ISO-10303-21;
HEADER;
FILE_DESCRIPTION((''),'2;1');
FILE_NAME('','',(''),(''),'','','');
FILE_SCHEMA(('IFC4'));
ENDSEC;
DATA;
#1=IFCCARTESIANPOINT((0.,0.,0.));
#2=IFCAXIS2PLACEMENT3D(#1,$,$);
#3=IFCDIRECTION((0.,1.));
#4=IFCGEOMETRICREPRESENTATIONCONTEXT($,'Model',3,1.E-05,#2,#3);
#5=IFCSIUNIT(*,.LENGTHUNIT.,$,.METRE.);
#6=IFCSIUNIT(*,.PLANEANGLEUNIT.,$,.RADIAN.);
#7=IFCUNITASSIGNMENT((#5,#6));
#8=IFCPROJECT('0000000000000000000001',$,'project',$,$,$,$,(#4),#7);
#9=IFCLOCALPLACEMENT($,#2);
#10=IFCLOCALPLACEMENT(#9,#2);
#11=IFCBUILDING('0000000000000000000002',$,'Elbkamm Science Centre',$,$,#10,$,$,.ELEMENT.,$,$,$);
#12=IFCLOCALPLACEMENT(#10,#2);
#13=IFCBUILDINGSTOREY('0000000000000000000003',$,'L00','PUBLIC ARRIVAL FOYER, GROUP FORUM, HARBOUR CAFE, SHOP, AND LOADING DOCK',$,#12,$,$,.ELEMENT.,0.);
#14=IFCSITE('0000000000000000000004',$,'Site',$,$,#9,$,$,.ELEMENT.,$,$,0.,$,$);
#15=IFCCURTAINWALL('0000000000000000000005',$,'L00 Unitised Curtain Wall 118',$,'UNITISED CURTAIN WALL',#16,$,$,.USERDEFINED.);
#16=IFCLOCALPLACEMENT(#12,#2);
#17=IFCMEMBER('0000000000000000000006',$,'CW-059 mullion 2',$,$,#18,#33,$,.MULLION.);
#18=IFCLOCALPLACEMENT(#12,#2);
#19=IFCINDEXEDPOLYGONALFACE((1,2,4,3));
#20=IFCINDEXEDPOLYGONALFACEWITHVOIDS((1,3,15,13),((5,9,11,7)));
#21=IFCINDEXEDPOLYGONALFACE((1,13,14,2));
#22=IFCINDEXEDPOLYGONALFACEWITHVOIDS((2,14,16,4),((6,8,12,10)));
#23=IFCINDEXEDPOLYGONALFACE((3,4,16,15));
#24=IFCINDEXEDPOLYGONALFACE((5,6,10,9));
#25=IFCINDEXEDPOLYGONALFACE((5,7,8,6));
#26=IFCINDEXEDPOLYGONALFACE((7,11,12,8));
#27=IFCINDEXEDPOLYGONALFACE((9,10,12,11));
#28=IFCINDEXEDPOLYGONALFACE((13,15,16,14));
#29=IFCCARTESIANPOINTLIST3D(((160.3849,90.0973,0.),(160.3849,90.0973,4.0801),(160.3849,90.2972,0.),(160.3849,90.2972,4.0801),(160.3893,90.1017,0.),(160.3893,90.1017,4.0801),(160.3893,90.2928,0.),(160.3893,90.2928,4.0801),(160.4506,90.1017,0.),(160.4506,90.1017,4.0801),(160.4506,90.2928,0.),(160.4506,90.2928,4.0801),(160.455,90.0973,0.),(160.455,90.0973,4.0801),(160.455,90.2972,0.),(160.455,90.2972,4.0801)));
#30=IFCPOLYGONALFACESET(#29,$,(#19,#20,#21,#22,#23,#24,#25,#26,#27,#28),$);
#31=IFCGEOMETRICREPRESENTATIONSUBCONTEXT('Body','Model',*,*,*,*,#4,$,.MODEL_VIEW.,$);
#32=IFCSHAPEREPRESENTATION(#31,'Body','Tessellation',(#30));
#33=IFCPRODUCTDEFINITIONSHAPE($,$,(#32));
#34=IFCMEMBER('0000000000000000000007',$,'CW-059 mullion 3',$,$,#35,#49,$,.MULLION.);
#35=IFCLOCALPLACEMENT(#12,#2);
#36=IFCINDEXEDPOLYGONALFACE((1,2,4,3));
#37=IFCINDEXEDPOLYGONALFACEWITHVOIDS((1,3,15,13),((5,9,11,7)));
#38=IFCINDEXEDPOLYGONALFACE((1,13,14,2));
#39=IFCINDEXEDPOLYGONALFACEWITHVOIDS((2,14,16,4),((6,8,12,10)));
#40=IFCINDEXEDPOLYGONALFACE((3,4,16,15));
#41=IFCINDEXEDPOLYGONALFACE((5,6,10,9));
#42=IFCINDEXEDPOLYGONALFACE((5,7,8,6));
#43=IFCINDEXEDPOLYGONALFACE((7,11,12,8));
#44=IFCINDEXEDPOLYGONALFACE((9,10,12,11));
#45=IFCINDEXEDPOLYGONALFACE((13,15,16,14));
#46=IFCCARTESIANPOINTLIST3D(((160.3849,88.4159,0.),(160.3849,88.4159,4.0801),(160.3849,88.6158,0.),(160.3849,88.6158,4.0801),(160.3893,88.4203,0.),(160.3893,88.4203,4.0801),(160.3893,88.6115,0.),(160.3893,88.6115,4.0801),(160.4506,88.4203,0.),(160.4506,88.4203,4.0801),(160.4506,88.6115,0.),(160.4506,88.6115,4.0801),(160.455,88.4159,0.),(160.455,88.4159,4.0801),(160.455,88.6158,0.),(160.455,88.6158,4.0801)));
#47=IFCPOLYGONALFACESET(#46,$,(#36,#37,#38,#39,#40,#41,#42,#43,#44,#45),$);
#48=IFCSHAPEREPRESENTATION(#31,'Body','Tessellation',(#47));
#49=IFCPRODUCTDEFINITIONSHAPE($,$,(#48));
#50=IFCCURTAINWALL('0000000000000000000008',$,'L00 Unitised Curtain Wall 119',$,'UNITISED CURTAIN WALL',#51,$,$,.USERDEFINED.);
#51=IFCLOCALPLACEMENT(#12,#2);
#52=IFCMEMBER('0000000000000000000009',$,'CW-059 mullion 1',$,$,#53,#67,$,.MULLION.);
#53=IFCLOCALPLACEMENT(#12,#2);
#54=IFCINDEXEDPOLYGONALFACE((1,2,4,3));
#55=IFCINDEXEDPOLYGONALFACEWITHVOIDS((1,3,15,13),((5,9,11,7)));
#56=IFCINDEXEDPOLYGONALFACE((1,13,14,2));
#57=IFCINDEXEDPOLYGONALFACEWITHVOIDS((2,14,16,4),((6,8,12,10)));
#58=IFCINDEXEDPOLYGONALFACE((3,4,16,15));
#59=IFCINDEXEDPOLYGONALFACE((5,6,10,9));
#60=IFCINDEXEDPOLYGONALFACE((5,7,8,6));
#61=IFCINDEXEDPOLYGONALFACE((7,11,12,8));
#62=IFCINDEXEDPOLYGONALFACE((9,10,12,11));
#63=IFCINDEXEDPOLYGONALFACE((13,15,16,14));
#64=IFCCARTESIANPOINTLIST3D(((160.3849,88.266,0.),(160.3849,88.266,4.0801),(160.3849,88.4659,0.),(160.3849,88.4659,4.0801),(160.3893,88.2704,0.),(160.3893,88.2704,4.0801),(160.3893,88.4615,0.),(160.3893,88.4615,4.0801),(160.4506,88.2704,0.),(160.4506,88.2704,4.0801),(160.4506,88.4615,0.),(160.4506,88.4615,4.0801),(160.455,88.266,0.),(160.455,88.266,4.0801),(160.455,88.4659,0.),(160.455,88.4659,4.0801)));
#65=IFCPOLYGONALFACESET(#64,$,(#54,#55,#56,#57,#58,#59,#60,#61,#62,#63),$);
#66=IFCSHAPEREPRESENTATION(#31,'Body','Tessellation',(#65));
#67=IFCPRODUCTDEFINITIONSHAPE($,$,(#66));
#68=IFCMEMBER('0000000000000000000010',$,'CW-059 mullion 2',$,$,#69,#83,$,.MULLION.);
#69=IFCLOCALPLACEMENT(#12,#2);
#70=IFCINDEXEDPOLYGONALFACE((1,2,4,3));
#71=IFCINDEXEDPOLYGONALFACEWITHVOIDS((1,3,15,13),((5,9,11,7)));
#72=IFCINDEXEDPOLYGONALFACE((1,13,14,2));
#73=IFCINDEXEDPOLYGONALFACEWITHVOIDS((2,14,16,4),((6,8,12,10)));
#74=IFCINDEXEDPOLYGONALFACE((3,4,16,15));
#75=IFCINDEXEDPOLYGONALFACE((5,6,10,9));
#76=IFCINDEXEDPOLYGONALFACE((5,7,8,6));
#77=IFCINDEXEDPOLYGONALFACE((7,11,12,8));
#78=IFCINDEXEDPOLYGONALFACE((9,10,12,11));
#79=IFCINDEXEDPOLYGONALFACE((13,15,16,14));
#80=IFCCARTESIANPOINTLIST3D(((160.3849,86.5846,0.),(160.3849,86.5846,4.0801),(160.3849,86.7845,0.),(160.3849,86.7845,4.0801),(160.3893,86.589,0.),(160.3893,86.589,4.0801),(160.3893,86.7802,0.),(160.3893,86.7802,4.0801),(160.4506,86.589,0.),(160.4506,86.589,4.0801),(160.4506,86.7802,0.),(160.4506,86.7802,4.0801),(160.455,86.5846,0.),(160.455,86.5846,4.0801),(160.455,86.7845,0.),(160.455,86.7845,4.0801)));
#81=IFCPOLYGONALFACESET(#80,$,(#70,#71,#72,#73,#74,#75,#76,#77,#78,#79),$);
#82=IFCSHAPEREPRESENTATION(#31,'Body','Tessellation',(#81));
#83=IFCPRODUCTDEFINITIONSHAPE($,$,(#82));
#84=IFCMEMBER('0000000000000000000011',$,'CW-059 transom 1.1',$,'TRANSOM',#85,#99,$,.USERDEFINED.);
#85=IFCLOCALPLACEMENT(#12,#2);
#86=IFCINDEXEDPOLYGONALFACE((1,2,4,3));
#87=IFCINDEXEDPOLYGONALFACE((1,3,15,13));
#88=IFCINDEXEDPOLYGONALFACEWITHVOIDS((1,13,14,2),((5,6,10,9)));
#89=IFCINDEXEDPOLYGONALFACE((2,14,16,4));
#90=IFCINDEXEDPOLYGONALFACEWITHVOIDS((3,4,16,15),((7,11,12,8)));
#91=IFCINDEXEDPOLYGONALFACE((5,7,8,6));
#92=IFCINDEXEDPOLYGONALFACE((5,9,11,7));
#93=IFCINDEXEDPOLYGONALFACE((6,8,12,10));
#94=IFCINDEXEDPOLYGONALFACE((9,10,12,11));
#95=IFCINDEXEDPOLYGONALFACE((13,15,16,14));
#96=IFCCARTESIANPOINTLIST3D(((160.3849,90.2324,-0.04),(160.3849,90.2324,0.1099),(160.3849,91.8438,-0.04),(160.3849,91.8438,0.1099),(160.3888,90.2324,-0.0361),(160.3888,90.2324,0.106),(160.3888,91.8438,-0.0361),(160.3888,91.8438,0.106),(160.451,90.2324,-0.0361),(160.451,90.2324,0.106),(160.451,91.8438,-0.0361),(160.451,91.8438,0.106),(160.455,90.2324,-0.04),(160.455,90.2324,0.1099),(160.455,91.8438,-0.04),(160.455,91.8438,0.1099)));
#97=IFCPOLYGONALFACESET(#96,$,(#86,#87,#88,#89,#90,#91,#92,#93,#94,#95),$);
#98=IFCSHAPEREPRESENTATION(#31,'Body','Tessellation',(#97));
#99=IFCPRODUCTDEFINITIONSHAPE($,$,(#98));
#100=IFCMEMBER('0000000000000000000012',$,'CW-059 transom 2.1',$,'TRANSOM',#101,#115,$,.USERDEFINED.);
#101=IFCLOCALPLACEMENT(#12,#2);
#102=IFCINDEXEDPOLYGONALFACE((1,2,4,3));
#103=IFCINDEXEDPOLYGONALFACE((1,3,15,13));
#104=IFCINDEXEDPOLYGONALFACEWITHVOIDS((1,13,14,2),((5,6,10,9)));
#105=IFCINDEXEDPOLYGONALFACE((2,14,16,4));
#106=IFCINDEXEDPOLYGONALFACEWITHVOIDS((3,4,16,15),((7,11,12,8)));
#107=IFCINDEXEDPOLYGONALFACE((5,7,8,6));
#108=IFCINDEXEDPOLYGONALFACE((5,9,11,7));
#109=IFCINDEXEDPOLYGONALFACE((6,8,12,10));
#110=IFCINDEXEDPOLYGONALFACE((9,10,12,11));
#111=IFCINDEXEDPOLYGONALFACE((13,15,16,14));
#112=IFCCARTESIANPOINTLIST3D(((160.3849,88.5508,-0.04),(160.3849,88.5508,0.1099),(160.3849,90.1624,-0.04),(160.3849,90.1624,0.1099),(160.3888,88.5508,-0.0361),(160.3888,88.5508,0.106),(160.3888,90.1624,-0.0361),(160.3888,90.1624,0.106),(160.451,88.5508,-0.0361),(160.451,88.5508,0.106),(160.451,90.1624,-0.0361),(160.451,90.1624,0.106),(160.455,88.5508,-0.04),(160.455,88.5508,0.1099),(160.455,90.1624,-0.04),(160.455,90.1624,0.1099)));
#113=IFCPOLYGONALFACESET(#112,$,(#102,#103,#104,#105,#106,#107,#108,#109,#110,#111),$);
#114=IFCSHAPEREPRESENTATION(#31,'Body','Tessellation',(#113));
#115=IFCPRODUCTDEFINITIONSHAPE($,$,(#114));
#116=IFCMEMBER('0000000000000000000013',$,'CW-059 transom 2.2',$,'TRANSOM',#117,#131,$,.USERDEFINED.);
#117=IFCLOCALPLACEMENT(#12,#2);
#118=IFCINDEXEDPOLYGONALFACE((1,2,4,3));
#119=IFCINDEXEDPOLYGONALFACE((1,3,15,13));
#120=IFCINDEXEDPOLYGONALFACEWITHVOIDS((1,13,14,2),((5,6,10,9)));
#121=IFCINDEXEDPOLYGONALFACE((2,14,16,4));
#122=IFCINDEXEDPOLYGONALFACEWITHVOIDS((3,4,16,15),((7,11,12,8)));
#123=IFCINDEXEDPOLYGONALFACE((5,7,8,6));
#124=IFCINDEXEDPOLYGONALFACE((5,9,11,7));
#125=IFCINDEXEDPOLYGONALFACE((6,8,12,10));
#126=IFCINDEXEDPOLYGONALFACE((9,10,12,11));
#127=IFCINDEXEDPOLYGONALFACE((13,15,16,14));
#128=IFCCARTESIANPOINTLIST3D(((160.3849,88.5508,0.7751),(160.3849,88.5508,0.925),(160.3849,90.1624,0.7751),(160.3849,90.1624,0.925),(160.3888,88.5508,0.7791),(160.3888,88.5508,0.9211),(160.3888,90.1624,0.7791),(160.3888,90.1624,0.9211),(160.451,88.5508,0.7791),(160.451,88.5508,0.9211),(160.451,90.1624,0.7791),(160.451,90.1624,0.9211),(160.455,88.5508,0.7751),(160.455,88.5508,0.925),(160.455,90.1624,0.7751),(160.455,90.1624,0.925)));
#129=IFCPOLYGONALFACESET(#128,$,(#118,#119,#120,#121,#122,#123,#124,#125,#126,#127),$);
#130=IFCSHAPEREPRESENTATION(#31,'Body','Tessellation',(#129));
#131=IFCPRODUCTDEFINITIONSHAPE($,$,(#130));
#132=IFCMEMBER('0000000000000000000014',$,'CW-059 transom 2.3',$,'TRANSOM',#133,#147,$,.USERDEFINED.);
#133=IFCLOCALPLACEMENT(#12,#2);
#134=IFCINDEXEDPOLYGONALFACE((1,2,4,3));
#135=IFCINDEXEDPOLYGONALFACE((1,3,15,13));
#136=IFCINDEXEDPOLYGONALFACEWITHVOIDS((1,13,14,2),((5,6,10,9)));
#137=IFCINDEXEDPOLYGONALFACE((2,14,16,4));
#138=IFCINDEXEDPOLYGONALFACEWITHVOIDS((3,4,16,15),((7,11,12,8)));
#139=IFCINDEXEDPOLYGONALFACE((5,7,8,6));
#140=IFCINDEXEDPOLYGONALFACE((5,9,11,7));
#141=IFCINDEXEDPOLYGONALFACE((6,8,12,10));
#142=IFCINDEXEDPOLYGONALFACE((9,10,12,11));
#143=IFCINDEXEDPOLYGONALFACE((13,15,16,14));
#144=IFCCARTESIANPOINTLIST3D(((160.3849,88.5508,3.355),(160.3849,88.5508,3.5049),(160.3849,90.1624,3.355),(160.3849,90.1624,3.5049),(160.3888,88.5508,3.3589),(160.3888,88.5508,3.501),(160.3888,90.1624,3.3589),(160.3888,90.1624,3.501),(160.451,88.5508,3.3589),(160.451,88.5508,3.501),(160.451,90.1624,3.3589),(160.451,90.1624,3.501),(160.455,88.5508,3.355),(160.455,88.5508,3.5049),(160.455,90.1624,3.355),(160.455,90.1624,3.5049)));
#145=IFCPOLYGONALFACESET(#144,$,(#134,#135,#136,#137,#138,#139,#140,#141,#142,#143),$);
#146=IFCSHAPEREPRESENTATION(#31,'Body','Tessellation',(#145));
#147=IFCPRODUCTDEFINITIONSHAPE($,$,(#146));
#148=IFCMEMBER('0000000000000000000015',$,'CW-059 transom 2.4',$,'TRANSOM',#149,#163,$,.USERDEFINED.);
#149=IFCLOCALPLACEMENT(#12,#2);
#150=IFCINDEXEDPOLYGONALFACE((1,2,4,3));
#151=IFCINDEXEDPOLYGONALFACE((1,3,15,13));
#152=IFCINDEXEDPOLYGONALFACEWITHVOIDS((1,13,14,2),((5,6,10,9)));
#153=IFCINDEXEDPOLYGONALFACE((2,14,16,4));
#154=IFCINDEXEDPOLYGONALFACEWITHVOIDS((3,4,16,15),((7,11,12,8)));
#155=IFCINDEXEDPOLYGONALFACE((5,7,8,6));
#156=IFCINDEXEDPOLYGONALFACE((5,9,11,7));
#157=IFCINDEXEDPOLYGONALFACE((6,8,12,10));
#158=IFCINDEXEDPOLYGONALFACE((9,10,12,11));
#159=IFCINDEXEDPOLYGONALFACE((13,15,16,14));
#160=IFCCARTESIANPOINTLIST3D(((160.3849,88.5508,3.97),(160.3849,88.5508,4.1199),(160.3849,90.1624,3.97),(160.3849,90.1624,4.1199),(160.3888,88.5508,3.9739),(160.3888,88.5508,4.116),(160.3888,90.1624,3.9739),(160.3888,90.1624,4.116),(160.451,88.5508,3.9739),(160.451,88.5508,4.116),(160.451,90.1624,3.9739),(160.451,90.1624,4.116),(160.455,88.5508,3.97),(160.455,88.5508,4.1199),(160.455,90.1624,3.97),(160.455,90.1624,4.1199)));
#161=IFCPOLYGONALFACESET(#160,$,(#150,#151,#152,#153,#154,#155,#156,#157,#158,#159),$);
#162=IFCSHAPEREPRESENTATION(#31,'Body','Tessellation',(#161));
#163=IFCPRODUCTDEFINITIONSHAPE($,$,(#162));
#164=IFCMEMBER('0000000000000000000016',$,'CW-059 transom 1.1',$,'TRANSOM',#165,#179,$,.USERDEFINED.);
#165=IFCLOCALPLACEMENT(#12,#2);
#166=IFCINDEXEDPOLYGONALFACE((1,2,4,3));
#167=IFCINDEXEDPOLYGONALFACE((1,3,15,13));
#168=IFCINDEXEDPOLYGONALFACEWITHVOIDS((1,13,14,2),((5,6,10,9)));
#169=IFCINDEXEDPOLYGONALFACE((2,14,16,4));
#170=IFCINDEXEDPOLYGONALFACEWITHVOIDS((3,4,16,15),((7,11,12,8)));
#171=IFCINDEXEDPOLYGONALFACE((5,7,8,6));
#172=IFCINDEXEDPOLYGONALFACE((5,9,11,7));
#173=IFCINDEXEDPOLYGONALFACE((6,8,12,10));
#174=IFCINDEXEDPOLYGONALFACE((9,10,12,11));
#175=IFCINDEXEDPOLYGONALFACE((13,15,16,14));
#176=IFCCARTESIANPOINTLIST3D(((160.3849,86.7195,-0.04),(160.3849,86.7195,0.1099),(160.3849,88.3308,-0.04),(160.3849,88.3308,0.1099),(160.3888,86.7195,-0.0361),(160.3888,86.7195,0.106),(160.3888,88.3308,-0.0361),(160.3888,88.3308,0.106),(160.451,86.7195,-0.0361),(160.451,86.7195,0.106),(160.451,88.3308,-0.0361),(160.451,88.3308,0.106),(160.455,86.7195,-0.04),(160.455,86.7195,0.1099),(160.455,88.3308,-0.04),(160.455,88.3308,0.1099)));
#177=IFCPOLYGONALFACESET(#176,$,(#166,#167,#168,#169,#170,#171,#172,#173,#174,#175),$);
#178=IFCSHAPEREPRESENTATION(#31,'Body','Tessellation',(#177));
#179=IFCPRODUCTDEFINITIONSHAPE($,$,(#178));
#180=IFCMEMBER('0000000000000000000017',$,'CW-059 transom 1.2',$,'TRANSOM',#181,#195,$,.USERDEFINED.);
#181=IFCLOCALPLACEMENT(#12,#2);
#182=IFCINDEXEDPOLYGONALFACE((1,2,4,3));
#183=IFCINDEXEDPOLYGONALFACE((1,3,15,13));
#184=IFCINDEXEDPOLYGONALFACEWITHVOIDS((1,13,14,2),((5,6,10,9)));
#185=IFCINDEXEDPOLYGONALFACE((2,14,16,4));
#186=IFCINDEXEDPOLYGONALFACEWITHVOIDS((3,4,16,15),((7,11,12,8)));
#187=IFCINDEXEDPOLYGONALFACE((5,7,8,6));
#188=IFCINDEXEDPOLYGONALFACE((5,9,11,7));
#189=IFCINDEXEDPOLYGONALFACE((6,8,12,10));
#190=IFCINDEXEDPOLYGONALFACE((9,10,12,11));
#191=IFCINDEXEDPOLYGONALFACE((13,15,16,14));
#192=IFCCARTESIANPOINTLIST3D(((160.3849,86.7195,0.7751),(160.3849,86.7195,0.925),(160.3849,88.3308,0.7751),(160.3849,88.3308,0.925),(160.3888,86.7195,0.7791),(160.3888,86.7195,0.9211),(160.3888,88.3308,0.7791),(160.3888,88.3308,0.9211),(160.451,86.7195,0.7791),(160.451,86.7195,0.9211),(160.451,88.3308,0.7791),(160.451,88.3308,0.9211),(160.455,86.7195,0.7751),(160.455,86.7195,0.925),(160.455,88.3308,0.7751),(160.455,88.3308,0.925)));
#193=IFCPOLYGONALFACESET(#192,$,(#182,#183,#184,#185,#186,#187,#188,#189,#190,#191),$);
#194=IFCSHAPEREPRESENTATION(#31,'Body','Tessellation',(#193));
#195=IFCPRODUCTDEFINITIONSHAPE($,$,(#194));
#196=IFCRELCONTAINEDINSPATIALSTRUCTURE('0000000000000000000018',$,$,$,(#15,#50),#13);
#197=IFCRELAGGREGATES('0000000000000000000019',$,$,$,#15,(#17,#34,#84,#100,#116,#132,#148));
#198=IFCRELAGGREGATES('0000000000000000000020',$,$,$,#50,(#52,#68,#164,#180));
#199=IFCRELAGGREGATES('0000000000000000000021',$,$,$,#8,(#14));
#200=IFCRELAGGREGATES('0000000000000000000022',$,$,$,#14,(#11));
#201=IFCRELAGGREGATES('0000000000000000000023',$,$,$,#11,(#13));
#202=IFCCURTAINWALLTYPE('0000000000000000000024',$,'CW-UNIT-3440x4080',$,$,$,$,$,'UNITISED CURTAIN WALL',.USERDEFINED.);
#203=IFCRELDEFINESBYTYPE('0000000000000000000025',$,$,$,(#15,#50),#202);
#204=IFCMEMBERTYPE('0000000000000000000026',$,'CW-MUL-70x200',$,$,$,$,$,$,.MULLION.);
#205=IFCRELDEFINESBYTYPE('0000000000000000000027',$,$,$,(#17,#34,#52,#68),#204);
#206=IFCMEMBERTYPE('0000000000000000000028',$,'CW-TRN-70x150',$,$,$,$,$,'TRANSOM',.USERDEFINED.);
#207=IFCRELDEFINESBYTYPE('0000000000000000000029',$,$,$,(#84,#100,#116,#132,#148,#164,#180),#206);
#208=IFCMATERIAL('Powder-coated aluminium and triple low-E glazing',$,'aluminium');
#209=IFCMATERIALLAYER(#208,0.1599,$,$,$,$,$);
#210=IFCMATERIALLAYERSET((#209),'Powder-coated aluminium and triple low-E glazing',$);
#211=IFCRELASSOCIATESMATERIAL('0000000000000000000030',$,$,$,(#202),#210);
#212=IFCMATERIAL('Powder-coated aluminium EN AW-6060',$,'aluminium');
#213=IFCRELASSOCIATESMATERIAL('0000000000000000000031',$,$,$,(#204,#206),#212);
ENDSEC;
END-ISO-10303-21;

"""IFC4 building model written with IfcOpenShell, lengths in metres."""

from ifc_helpers import new_model, si_unit, direction, frame, origin, origin_2d, place, context, subcontext, project, spatial, hollow_rectangle, extrude, material, layer, layer_set, material_profile, profile_set, type_object, element, aggregate, save


model = new_model("IFC4")

# Units and contexts
model_context = context("Model", 3, precision=1e-05, world=origin(), true_north=direction((0.0, 1.0)))
body_context = subcontext(model_context, "Body", "Model", "MODEL_VIEW")
ifc_project = project(units=[si_unit("LENGTHUNIT", "METRE"), si_unit("PLANEANGLEUNIT", "RADIAN")], contexts=[model_context])

# Site, building, storey
site_placement = place(None, origin())
site = spatial("IfcSite", under=ifc_project, at=site_placement, Name="Site", CompositionType="ELEMENT", RefElevation=0.0)
building_placement = place(site_placement, origin())
building = spatial("IfcBuilding", under=site, at=building_placement, Name="Elbkamm Science Centre", CompositionType="ELEMENT")
storey_placement = place(building_placement, origin())
storey = spatial("IfcBuildingStorey", under=building, at=storey_placement, Name="L00", Description="PUBLIC ARRIVAL FOYER, GROUP FORUM, HARBOUR CAFE, SHOP, AND LOADING DOCK", CompositionType="ELEMENT", Elevation=0.0)

# Curtain walls, members
ifc_material_1 = material(Name="Powder-coated aluminium and triple low-E glazing", Category="aluminium")
ifc_layer_1 = layer(ifc_material_1, 0.1599)
ifc_layer_set_1 = layer_set([ifc_layer_1], Name="Powder-coated aluminium and triple low-E glazing")
curtain_wall_type = type_object("IfcCurtainWallType", Name="CW-UNIT-3440x4080", ElementType="UNITISED CURTAIN WALL", PredefinedType="USERDEFINED", material=ifc_layer_set_1)
curtain_wall_1_placement = place(storey_placement, origin())
curtain_wall_1 = element("IfcCurtainWall", 1, at=curtain_wall_1_placement, inside=storey, type_object=curtain_wall_type, Name="L00 Unitised Curtain Wall 118", ObjectType="UNITISED CURTAIN WALL", PredefinedType="USERDEFINED")
ifc_material_2 = material(Name="Powder-coated aluminium EN AW-6060", Category="aluminium")
ifc_material_profile_1 = material_profile(ifc_material_2, hollow_rectangle(XDim=0.0701, YDim=0.2, WallThickness=0.0044, at=origin_2d()), Name="ALU M70x200")
ifc_profile_set_1 = profile_set([ifc_material_profile_1], Name="Powder-coated aluminium EN AW-6060")
member_type_1 = type_object("IfcMemberType", Name="CW-MUL-70x200", PredefinedType="MULLION", material=ifc_profile_set_1)
member_1_placement = place(storey_placement, frame((160.4199, 90.1973, 0.0), z_axis=(0.0, 0.0, 1.0), x_axis=(1.0, 0.0, 0.0)))
member_1 = element("IfcMember", 2, at=member_1_placement, type_object=member_type_1, Name="CW-059 mullion 2", PredefinedType="MULLION", context=body_context, shape_type="SweptSolid", body=[
    extrude(hollow_rectangle(XDim=0.0701, YDim=0.2, WallThickness=0.0044, at=origin_2d()), origin(), (0.0, 0.0, 1.0), 4.0801),
])
member_2_placement = place(storey_placement, frame((160.4199, 88.5159, 0.0), z_axis=(0.0, 0.0, 1.0), x_axis=(1.0, 0.0, 0.0)))
member_2 = element("IfcMember", 3, at=member_2_placement, type_object=member_type_1, Name="CW-059 mullion 3", PredefinedType="MULLION", context=body_context, shape_type="SweptSolid", body=[
    extrude(hollow_rectangle(XDim=0.0701, YDim=0.2, WallThickness=0.0044, at=origin_2d()), origin(), (0.0, 0.0, 1.0), 4.0801),
])
curtain_wall_2_placement = place(storey_placement, origin())
curtain_wall_2 = element("IfcCurtainWall", 4, at=curtain_wall_2_placement, inside=storey, type_object=curtain_wall_type, Name="L00 Unitised Curtain Wall 119", ObjectType="UNITISED CURTAIN WALL", PredefinedType="USERDEFINED")
member_3_placement = place(storey_placement, frame((160.4199, 88.366, 0.0), z_axis=(0.0, 0.0, 1.0), x_axis=(1.0, 0.0, 0.0)))
member_3 = element("IfcMember", 5, at=member_3_placement, type_object=member_type_1, Name="CW-059 mullion 1", PredefinedType="MULLION", context=body_context, shape_type="SweptSolid", body=[
    extrude(hollow_rectangle(XDim=0.0701, YDim=0.2, WallThickness=0.0044, at=origin_2d()), origin(), (0.0, 0.0, 1.0), 4.0801),
])
member_4_placement = place(storey_placement, frame((160.4199, 86.6846, 0.0), z_axis=(0.0, 0.0, 1.0), x_axis=(1.0, 0.0, 0.0)))
member_4 = element("IfcMember", 6, at=member_4_placement, type_object=member_type_1, Name="CW-059 mullion 2", PredefinedType="MULLION", context=body_context, shape_type="SweptSolid", body=[
    extrude(hollow_rectangle(XDim=0.0701, YDim=0.2, WallThickness=0.0044, at=origin_2d()), origin(), (0.0, 0.0, 1.0), 4.0801),
])

# Members
ifc_material_profile_2 = material_profile(ifc_material_2, hollow_rectangle(XDim=0.0701, YDim=0.1499, WallThickness=0.0039, at=origin_2d()), Name="ALU T70x150")
ifc_profile_set_2 = profile_set([ifc_material_profile_2], Name="Powder-coated aluminium EN AW-6060")
member_type_2 = type_object("IfcMemberType", Name="CW-TRN-70x150", ElementType="TRANSOM", PredefinedType="USERDEFINED", material=ifc_profile_set_2)
member_5_placement = place(storey_placement, frame((160.4199, 91.8438, 0.0349), z_axis=(0.0, -1.0, 0.0), x_axis=(1.0, 0.0, 0.0)))
member_5 = element("IfcMember", 7, at=member_5_placement, type_object=member_type_2, Name="CW-059 transom 1.1", ObjectType="TRANSOM", PredefinedType="USERDEFINED", context=body_context, shape_type="SweptSolid", body=[
    extrude(hollow_rectangle(XDim=0.0701, YDim=0.1499, WallThickness=0.0039, at=origin_2d()), origin(), (0.0, 0.0, 1.0), 1.6113),
])
member_6_placement = place(storey_placement, frame((160.4199, 90.1624, 0.0349), z_axis=(0.0, -1.0, 0.0), x_axis=(1.0, 0.0, 0.0)))
member_6 = element("IfcMember", 8, at=member_6_placement, type_object=member_type_2, Name="CW-059 transom 2.1", ObjectType="TRANSOM", PredefinedType="USERDEFINED", context=body_context, shape_type="SweptSolid", body=[
    extrude(hollow_rectangle(XDim=0.0701, YDim=0.1499, WallThickness=0.0039, at=origin_2d()), origin(), (0.0, 0.0, 1.0), 1.6116),
])
member_7_placement = place(storey_placement, frame((160.4199, 90.1624, 0.8501), z_axis=(0.0, -1.0, 0.0), x_axis=(1.0, 0.0, 0.0)))
member_7 = element("IfcMember", 9, at=member_7_placement, type_object=member_type_2, Name="CW-059 transom 2.2", ObjectType="TRANSOM", PredefinedType="USERDEFINED", context=body_context, shape_type="SweptSolid", body=[
    extrude(hollow_rectangle(XDim=0.0701, YDim=0.1499, WallThickness=0.0039, at=origin_2d()), origin(), (0.0, 0.0, 1.0), 1.6116),
])
member_8_placement = place(storey_placement, frame((160.4199, 90.1624, 3.4299), z_axis=(0.0, -1.0, 0.0), x_axis=(1.0, 0.0, 0.0)))
member_8 = element("IfcMember", 10, at=member_8_placement, type_object=member_type_2, Name="CW-059 transom 2.3", ObjectType="TRANSOM", PredefinedType="USERDEFINED", context=body_context, shape_type="SweptSolid", body=[
    extrude(hollow_rectangle(XDim=0.0701, YDim=0.1499, WallThickness=0.0039, at=origin_2d()), origin(), (0.0, 0.0, 1.0), 1.6116),
])
member_9_placement = place(storey_placement, frame((160.4199, 90.1624, 4.0449), z_axis=(0.0, -1.0, 0.0), x_axis=(1.0, 0.0, 0.0)))
member_9 = element("IfcMember", 11, at=member_9_placement, type_object=member_type_2, Name="CW-059 transom 2.4", ObjectType="TRANSOM", PredefinedType="USERDEFINED", context=body_context, shape_type="SweptSolid", body=[
    extrude(hollow_rectangle(XDim=0.0701, YDim=0.1499, WallThickness=0.0039, at=origin_2d()), origin(), (0.0, 0.0, 1.0), 1.6116),
])
member_10_placement = place(storey_placement, frame((160.4199, 88.3308, 0.0349), z_axis=(0.0, -1.0, 0.0), x_axis=(1.0, 0.0, 0.0)))
member_10 = element("IfcMember", 12, at=member_10_placement, type_object=member_type_2, Name="CW-059 transom 1.1", ObjectType="TRANSOM", PredefinedType="USERDEFINED", context=body_context, shape_type="SweptSolid", body=[
    extrude(hollow_rectangle(XDim=0.0701, YDim=0.1499, WallThickness=0.0039, at=origin_2d()), origin(), (0.0, 0.0, 1.0), 1.6113),
])
member_11_placement = place(storey_placement, frame((160.4199, 88.3308, 0.8501), z_axis=(0.0, -1.0, 0.0), x_axis=(1.0, 0.0, 0.0)))
member_11 = element("IfcMember", 13, at=member_11_placement, type_object=member_type_2, Name="CW-059 transom 1.2", ObjectType="TRANSOM", PredefinedType="USERDEFINED", context=body_context, shape_type="SweptSolid", body=[
    extrude(hollow_rectangle(XDim=0.0701, YDim=0.1499, WallThickness=0.0039, at=origin_2d()), origin(), (0.0, 0.0, 1.0), 1.6113),
])

aggregate(curtain_wall_1, [member_1, member_2, member_5, member_6, member_7, member_8, member_9])
aggregate(curtain_wall_2, [member_3, member_4, member_10, member_11])

save(model, "model.ifc")
